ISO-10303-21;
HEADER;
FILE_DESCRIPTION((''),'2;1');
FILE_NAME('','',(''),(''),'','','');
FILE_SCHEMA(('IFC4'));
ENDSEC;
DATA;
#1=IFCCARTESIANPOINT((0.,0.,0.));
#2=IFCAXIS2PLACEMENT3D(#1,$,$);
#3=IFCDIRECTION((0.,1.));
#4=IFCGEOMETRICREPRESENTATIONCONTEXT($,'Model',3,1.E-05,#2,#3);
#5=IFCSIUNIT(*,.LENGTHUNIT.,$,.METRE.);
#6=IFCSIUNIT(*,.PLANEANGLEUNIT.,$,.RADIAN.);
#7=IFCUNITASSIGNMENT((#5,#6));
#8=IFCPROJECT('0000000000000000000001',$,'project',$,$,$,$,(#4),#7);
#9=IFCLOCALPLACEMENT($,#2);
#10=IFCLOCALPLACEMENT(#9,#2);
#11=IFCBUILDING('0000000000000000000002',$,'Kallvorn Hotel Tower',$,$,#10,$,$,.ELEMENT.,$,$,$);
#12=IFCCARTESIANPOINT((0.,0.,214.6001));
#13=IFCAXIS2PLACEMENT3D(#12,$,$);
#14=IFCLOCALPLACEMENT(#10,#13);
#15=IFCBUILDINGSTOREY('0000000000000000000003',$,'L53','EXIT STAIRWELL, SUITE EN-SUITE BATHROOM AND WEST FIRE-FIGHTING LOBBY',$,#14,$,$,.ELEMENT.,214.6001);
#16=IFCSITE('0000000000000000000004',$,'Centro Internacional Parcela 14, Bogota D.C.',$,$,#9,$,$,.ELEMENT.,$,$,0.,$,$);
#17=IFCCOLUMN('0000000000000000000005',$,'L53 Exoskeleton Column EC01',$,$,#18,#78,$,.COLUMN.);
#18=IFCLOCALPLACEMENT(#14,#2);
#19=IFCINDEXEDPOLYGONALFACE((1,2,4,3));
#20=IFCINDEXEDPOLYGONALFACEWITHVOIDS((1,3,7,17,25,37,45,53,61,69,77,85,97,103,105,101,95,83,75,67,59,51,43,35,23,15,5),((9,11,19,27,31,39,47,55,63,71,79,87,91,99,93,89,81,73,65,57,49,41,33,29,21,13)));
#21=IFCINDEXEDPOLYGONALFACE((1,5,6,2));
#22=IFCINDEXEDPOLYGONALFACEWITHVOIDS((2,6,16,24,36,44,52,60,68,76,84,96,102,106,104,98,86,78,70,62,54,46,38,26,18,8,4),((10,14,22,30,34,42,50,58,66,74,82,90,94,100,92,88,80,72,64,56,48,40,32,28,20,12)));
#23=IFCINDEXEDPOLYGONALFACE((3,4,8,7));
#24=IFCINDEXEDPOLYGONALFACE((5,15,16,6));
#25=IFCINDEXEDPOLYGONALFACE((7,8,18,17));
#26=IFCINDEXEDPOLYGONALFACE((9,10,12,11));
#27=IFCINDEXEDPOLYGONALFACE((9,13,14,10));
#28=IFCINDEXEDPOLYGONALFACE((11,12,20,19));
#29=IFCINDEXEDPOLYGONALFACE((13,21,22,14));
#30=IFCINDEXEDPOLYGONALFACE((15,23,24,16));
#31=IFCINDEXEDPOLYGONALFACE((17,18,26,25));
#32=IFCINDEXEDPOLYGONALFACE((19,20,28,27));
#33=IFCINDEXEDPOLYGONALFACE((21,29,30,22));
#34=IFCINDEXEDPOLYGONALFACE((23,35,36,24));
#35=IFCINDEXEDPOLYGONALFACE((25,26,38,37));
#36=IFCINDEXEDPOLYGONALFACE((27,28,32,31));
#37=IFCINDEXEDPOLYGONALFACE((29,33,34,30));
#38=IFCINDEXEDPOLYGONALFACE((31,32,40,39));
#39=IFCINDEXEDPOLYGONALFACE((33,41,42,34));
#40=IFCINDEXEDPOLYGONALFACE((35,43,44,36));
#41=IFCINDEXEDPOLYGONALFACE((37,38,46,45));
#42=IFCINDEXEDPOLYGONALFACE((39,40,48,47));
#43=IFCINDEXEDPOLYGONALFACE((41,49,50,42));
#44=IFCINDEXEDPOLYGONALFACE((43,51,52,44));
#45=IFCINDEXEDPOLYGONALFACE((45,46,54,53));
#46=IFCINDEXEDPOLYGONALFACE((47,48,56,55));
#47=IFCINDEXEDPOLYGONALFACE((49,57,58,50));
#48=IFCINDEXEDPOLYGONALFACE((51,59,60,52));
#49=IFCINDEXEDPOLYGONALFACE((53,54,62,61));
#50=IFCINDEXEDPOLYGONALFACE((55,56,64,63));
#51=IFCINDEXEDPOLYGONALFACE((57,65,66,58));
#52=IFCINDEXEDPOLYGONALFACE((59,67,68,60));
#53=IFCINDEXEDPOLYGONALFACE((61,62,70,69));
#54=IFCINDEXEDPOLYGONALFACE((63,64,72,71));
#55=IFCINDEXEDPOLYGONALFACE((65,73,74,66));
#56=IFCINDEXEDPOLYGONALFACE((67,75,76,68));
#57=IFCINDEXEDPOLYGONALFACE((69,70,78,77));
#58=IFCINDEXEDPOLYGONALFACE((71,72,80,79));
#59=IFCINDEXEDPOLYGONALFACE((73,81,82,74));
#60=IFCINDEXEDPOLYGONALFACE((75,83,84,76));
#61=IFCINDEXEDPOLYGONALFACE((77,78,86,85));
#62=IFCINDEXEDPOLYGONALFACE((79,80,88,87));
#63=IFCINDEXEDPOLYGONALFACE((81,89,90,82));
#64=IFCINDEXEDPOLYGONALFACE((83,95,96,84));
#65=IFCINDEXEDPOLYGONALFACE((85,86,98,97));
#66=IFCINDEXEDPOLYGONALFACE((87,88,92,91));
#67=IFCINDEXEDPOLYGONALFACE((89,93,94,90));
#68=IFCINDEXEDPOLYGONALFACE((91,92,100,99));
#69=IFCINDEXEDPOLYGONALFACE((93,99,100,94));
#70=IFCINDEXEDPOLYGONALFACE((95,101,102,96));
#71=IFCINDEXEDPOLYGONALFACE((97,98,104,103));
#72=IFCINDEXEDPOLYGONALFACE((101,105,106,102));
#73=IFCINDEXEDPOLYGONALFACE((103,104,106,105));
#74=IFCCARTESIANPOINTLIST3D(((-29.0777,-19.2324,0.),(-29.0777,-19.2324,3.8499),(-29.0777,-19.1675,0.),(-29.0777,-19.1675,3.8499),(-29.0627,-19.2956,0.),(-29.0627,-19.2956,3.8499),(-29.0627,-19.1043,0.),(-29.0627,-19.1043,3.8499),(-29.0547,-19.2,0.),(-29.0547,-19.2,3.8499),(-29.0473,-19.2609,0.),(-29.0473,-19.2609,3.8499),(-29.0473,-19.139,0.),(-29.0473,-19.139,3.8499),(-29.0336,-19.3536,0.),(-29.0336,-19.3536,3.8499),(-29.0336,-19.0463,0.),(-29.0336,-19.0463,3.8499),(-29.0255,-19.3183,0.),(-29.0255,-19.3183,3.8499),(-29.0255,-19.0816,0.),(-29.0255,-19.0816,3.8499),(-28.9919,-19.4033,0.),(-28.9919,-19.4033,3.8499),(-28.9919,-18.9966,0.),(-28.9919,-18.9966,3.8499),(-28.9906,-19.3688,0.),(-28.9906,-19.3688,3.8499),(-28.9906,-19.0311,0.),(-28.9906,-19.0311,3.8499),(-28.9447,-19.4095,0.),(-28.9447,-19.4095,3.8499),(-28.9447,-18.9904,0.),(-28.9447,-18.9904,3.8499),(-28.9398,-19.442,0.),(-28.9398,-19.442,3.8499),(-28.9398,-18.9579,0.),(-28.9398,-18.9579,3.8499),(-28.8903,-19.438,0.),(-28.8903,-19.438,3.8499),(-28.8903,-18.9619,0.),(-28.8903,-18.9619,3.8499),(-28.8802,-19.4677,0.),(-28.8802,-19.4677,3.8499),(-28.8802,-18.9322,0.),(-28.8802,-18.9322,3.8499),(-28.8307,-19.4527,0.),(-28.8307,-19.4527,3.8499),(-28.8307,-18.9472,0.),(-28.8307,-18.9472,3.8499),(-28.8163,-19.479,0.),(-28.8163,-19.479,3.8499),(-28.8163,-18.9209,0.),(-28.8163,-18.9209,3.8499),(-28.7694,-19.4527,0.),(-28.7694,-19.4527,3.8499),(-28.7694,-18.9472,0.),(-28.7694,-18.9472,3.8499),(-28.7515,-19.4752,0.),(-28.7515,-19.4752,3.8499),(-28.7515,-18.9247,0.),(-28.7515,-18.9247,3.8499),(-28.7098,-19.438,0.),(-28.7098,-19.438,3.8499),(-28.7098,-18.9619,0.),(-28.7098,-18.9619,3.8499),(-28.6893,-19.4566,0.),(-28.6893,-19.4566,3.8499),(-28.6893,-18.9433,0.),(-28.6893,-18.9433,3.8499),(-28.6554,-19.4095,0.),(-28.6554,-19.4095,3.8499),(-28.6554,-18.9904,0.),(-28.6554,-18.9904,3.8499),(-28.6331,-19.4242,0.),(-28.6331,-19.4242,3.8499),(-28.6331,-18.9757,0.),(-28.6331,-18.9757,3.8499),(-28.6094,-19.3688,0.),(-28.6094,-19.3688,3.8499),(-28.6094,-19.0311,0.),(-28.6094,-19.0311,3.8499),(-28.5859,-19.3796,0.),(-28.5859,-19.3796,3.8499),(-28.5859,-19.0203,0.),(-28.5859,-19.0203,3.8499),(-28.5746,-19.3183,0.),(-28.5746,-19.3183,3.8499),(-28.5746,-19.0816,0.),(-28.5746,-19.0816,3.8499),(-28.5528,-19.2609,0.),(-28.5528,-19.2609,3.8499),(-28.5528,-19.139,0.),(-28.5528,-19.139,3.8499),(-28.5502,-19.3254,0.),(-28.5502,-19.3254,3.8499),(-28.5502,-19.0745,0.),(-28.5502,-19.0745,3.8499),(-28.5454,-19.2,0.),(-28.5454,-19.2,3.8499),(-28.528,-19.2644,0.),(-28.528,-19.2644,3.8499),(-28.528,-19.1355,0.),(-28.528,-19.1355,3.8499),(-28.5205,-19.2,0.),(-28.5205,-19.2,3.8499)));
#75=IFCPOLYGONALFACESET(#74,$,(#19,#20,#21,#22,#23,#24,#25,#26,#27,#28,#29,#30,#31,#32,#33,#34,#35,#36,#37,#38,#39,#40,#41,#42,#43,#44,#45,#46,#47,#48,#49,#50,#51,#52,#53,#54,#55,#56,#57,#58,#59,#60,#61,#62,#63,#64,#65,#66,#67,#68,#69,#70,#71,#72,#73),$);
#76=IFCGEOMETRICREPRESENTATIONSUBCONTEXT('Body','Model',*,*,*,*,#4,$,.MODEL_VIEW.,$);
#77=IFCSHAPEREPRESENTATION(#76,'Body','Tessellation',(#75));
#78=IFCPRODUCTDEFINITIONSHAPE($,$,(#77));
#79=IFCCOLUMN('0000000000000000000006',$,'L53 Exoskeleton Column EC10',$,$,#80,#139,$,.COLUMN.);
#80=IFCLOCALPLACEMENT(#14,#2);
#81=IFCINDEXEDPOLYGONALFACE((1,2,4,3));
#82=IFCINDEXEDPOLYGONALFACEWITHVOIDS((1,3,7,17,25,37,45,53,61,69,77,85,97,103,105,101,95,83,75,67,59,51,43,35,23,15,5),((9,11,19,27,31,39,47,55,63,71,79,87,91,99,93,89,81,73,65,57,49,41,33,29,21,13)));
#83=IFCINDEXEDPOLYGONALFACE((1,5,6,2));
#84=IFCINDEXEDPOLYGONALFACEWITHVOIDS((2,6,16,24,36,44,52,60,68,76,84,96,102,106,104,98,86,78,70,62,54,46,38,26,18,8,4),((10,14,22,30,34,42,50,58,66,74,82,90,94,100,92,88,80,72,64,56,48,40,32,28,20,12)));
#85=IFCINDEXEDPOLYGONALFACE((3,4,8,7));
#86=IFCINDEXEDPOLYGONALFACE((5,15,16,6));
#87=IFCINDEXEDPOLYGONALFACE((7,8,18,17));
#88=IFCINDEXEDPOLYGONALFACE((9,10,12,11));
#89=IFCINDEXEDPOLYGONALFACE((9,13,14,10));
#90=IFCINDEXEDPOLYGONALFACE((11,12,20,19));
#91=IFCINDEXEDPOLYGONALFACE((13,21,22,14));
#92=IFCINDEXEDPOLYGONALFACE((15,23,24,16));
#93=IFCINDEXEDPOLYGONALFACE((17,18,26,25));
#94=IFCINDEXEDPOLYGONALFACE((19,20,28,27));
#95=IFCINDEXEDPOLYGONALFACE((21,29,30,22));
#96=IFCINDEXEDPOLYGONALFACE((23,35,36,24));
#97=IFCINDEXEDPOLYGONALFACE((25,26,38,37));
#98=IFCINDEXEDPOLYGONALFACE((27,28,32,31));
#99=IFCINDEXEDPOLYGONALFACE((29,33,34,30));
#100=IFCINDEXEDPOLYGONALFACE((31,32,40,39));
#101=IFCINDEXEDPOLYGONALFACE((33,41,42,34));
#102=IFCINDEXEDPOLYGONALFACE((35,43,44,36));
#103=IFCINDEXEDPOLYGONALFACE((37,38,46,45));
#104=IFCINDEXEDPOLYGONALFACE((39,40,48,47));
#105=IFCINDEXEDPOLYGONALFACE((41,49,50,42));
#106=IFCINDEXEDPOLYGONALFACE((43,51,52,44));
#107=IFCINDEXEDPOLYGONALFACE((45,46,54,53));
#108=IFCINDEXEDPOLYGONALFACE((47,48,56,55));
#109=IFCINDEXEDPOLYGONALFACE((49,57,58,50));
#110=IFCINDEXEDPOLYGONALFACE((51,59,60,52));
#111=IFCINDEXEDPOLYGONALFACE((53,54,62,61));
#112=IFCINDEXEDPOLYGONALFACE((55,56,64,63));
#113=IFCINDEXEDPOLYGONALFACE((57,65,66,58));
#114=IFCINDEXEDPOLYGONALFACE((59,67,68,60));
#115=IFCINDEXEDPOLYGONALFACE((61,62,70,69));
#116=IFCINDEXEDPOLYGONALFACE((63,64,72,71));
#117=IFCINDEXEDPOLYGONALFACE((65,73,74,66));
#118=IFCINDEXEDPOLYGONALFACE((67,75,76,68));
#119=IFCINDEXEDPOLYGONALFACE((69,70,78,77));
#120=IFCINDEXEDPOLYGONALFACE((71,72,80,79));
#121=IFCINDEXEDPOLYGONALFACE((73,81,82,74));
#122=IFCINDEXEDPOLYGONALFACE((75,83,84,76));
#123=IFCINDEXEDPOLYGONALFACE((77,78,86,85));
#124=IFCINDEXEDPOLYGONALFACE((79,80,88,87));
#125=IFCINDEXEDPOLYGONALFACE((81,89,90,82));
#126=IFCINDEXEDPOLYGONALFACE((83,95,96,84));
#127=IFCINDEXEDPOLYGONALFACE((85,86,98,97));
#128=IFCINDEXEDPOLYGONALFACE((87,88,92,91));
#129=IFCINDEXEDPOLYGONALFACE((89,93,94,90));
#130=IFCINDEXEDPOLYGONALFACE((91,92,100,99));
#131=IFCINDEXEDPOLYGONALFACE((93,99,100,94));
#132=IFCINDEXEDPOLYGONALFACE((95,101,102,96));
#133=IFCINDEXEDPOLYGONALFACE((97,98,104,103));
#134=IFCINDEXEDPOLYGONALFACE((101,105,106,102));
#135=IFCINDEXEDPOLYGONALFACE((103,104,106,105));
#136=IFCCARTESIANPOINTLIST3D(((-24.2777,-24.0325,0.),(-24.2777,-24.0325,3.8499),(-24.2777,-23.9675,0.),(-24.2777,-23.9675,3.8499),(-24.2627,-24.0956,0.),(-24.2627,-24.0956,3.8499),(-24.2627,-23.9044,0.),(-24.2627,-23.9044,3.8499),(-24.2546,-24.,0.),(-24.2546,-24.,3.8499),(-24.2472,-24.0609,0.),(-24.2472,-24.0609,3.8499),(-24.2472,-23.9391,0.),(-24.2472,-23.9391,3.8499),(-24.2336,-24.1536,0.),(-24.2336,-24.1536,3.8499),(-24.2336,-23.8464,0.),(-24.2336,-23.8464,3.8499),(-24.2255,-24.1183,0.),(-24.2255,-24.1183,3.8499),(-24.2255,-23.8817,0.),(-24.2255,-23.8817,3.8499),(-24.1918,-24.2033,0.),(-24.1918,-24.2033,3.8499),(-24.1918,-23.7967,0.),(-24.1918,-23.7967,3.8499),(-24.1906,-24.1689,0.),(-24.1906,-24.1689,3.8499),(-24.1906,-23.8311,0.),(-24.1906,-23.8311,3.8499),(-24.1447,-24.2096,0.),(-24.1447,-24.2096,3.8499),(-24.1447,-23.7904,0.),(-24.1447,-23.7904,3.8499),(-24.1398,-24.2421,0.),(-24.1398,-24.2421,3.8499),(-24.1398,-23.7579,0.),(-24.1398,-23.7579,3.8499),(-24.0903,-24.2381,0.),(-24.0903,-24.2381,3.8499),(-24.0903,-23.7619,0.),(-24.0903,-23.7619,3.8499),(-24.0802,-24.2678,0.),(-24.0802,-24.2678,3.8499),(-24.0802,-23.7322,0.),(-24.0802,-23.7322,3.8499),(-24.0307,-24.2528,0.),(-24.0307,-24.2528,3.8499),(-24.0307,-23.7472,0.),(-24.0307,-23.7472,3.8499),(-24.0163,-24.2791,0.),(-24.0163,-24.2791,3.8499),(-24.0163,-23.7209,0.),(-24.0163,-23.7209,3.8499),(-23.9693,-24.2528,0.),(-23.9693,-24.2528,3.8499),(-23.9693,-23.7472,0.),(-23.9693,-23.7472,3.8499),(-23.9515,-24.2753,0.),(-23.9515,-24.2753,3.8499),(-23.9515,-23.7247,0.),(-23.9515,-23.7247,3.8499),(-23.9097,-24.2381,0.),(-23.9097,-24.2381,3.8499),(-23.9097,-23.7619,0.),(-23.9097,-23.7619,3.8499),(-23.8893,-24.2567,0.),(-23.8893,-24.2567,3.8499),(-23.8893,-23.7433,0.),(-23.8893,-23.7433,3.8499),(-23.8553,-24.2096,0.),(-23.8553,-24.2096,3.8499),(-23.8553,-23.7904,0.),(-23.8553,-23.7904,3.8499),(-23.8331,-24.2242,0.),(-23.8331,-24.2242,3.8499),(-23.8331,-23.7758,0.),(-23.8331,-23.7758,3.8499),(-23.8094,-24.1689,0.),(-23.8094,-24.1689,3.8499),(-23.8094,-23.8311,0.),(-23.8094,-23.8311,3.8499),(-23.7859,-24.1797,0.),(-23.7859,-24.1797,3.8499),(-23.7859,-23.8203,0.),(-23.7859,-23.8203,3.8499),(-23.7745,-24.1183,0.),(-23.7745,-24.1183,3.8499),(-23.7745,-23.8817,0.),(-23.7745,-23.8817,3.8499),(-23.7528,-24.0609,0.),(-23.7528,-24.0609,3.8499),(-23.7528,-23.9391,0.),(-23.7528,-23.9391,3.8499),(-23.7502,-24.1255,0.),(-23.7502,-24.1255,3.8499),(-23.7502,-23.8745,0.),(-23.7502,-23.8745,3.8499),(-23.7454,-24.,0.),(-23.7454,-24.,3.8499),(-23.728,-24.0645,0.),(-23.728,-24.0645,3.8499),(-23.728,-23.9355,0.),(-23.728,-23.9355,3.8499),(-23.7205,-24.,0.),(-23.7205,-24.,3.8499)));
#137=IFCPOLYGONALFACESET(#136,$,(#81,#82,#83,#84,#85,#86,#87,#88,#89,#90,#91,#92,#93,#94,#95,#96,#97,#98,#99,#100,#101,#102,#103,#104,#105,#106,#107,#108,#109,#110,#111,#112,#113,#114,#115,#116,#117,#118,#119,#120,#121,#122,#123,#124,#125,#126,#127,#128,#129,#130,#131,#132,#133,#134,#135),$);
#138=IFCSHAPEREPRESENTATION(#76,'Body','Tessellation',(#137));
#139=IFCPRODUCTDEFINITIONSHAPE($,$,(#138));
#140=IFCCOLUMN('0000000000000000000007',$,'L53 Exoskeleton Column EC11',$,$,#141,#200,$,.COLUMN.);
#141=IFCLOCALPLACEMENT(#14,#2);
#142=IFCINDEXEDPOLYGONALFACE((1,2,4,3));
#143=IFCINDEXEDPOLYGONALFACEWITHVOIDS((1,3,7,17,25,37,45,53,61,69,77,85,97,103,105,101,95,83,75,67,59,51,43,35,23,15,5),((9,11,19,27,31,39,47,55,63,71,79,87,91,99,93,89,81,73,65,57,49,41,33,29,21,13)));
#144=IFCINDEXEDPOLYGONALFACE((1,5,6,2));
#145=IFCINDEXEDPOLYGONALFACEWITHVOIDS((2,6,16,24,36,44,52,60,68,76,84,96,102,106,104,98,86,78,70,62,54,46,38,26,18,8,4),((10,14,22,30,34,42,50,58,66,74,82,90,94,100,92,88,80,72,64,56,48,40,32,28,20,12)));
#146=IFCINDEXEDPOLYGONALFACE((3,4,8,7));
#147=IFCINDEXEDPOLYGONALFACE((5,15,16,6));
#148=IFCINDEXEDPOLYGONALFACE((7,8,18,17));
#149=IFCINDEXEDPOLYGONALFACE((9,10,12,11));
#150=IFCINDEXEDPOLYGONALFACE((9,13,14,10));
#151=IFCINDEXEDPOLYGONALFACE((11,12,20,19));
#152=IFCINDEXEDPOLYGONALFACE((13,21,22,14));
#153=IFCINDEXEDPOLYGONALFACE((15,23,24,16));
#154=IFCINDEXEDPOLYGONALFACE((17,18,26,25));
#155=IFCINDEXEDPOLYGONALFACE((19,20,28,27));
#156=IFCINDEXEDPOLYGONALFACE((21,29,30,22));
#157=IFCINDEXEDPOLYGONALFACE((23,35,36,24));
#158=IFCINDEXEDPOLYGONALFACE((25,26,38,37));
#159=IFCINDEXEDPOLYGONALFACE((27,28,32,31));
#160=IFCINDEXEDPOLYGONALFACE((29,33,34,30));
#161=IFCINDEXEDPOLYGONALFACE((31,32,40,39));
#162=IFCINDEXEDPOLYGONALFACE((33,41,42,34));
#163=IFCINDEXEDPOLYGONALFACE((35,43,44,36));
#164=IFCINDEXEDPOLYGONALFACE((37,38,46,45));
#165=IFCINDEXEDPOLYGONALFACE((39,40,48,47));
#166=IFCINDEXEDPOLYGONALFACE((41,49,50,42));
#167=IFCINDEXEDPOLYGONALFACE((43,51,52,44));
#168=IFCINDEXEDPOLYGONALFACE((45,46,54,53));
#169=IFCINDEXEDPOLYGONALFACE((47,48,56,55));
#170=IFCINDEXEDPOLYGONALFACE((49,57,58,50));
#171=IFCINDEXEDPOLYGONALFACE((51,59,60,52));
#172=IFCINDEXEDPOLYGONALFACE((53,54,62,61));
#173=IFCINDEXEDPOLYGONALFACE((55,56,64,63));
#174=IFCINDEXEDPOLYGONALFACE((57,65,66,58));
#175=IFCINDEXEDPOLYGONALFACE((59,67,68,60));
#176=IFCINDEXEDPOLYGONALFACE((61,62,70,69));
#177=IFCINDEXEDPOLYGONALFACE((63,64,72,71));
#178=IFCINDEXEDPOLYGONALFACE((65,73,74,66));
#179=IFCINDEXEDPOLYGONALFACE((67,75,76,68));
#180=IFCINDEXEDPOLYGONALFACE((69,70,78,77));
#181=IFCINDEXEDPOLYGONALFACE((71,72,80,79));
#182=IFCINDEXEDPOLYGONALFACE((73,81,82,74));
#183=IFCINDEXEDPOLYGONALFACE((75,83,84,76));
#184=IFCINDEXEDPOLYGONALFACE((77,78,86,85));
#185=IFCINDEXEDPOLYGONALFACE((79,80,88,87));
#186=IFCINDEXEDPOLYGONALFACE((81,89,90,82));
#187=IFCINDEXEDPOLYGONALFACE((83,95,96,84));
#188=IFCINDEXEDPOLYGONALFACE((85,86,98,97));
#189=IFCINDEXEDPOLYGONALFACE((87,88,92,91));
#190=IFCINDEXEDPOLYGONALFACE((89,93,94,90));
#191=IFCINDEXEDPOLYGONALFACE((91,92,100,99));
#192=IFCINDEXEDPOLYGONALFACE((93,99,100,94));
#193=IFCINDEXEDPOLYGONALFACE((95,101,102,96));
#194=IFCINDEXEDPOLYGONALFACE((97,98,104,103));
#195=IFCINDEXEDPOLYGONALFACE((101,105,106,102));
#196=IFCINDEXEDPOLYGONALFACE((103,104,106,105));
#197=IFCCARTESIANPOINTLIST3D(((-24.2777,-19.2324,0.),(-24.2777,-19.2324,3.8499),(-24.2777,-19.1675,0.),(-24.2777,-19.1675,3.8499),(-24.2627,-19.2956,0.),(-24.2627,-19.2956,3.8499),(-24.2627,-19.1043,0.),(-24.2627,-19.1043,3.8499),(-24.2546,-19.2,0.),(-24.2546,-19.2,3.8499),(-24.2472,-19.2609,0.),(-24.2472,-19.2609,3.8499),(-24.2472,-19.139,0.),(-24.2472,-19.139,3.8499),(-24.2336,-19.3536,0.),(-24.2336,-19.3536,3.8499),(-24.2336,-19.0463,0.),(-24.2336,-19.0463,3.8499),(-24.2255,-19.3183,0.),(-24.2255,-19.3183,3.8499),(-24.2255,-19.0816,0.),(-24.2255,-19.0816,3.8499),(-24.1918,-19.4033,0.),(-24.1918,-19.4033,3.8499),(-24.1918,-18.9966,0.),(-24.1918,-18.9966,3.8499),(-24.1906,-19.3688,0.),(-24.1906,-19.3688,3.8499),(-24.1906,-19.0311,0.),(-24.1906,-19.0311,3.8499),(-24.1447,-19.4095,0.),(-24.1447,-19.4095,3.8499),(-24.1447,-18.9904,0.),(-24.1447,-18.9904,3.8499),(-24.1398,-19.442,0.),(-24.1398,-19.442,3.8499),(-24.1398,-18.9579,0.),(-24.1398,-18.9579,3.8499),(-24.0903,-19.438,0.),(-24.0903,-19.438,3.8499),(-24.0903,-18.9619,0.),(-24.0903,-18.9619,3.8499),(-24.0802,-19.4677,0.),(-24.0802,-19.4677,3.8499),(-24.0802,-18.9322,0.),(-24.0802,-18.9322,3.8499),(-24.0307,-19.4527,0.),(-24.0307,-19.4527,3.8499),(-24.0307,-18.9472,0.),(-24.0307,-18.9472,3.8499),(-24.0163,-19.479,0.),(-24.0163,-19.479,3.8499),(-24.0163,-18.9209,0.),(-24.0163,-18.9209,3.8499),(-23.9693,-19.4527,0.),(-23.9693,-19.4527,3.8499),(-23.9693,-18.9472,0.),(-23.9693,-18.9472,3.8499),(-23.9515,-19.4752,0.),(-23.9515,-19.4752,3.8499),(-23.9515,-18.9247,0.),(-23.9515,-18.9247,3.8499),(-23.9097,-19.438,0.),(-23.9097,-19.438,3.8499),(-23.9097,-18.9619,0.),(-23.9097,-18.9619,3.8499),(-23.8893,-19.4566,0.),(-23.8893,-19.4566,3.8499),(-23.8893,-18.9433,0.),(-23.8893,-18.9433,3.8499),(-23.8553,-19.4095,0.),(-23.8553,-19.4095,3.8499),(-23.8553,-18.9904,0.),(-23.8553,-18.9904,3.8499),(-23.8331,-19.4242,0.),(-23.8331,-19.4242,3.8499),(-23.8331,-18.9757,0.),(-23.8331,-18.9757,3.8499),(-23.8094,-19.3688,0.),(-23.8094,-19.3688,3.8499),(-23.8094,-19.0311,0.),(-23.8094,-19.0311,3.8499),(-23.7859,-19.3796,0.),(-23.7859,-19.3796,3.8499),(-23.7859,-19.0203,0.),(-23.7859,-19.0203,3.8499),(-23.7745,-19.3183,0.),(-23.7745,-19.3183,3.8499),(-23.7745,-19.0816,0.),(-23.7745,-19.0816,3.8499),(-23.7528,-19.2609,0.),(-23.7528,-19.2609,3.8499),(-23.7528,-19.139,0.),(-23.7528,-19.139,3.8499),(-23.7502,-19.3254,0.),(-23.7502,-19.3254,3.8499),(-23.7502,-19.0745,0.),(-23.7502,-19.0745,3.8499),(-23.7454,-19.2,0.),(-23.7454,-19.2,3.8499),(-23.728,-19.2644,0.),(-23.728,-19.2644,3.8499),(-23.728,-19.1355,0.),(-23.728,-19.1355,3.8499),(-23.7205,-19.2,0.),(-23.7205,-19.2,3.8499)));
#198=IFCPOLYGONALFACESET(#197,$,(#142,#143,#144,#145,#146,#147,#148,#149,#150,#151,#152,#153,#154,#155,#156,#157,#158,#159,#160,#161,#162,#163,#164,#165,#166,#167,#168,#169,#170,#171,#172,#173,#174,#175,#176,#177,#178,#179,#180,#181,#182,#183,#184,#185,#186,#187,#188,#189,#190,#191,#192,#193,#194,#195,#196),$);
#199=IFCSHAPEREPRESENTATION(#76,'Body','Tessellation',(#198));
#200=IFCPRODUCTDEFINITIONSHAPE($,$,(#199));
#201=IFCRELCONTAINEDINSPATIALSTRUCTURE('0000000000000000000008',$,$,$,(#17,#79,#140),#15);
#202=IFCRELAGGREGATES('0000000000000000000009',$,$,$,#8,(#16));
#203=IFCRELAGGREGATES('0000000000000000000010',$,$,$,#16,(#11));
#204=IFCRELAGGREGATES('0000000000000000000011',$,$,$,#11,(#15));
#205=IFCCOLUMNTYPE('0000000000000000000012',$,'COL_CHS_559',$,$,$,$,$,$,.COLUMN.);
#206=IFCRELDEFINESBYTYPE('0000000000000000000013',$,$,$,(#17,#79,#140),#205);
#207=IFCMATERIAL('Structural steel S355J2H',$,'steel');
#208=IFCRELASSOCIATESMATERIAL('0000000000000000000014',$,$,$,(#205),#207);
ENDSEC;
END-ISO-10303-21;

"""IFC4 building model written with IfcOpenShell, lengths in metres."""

from ifc_helpers import new_model, si_unit, direction, frame, origin, origin_2d, place, context, subcontext, project, spatial, hollow_circle, extrude, material, material_profile, profile_set, type_object, element, save


model = new_model("IFC4")

# Units and contexts
model_context = context("Model", 3, precision=1e-05, world=origin(), true_north=direction((0.0, 1.0)))
body_context = subcontext(model_context, "Body", "Model", "MODEL_VIEW")
ifc_project = project(units=[si_unit("LENGTHUNIT", "METRE"), si_unit("PLANEANGLEUNIT", "RADIAN")], contexts=[model_context])

# Site, building, storey
site_placement = place(None, origin())
site = spatial("IfcSite", under=ifc_project, at=site_placement, Name="Centro Internacional Parcela 14, Bogota D.C.", CompositionType="ELEMENT", RefElevation=0.0)
building_placement = place(site_placement, origin())
building = spatial("IfcBuilding", under=site, at=building_placement, Name="Kallvorn Hotel Tower", CompositionType="ELEMENT")
storey_placement = place(building_placement, frame((0.0, 0.0, 214.6001)))
storey = spatial("IfcBuildingStorey", under=building, at=storey_placement, Name="L53", Description="EXIT STAIRWELL, SUITE EN-SUITE BATHROOM AND WEST FIRE-FIGHTING LOBBY", CompositionType="ELEMENT", Elevation=214.6001)

# Columns
ifc_material_1 = material(Name="Structural steel S355J2H", Category="steel")
ifc_material_profile_1 = material_profile(ifc_material_1, hollow_circle(Radius=0.2795, WallThickness=0.0249, at=origin_2d()), Name="CHS 559x25")
ifc_profile_set_1 = profile_set([ifc_material_profile_1], Name="Structural steel S355J2H")
column_type = type_object("IfcColumnType", Name="COL_CHS_559", PredefinedType="COLUMN", material=ifc_profile_set_1)
for number, where, z_axis, x_axis, name in (
    (1, (-28.8, -19.2, 0.0), (0.0, 0.0, 1.0), (1.0, 0.0, 0.0), "L53 Exoskeleton Column EC01"),
    (2, (-24.0, -24.0, 0.0), (0.0, 0.0, 1.0), (1.0, 0.0, 0.0), "L53 Exoskeleton Column EC10"),
    (3, (-24.0, -19.2, 0.0), (0.0, 0.0, 1.0), (1.0, 0.0, 0.0), "L53 Exoskeleton Column EC11"),
):
    element("IfcColumn", number, at=place(storey_placement, frame(where, z_axis=z_axis, x_axis=x_axis)), inside=storey, type_object=column_type, Name=name, PredefinedType="COLUMN", context=body_context, shape_type="SweptSolid", body=[
        extrude(hollow_circle(Radius=0.2795, WallThickness=0.0249, at=origin_2d()), origin(), (0.0, 0.0, 1.0), 3.8499),
    ])

save(model, "model.ifc")
